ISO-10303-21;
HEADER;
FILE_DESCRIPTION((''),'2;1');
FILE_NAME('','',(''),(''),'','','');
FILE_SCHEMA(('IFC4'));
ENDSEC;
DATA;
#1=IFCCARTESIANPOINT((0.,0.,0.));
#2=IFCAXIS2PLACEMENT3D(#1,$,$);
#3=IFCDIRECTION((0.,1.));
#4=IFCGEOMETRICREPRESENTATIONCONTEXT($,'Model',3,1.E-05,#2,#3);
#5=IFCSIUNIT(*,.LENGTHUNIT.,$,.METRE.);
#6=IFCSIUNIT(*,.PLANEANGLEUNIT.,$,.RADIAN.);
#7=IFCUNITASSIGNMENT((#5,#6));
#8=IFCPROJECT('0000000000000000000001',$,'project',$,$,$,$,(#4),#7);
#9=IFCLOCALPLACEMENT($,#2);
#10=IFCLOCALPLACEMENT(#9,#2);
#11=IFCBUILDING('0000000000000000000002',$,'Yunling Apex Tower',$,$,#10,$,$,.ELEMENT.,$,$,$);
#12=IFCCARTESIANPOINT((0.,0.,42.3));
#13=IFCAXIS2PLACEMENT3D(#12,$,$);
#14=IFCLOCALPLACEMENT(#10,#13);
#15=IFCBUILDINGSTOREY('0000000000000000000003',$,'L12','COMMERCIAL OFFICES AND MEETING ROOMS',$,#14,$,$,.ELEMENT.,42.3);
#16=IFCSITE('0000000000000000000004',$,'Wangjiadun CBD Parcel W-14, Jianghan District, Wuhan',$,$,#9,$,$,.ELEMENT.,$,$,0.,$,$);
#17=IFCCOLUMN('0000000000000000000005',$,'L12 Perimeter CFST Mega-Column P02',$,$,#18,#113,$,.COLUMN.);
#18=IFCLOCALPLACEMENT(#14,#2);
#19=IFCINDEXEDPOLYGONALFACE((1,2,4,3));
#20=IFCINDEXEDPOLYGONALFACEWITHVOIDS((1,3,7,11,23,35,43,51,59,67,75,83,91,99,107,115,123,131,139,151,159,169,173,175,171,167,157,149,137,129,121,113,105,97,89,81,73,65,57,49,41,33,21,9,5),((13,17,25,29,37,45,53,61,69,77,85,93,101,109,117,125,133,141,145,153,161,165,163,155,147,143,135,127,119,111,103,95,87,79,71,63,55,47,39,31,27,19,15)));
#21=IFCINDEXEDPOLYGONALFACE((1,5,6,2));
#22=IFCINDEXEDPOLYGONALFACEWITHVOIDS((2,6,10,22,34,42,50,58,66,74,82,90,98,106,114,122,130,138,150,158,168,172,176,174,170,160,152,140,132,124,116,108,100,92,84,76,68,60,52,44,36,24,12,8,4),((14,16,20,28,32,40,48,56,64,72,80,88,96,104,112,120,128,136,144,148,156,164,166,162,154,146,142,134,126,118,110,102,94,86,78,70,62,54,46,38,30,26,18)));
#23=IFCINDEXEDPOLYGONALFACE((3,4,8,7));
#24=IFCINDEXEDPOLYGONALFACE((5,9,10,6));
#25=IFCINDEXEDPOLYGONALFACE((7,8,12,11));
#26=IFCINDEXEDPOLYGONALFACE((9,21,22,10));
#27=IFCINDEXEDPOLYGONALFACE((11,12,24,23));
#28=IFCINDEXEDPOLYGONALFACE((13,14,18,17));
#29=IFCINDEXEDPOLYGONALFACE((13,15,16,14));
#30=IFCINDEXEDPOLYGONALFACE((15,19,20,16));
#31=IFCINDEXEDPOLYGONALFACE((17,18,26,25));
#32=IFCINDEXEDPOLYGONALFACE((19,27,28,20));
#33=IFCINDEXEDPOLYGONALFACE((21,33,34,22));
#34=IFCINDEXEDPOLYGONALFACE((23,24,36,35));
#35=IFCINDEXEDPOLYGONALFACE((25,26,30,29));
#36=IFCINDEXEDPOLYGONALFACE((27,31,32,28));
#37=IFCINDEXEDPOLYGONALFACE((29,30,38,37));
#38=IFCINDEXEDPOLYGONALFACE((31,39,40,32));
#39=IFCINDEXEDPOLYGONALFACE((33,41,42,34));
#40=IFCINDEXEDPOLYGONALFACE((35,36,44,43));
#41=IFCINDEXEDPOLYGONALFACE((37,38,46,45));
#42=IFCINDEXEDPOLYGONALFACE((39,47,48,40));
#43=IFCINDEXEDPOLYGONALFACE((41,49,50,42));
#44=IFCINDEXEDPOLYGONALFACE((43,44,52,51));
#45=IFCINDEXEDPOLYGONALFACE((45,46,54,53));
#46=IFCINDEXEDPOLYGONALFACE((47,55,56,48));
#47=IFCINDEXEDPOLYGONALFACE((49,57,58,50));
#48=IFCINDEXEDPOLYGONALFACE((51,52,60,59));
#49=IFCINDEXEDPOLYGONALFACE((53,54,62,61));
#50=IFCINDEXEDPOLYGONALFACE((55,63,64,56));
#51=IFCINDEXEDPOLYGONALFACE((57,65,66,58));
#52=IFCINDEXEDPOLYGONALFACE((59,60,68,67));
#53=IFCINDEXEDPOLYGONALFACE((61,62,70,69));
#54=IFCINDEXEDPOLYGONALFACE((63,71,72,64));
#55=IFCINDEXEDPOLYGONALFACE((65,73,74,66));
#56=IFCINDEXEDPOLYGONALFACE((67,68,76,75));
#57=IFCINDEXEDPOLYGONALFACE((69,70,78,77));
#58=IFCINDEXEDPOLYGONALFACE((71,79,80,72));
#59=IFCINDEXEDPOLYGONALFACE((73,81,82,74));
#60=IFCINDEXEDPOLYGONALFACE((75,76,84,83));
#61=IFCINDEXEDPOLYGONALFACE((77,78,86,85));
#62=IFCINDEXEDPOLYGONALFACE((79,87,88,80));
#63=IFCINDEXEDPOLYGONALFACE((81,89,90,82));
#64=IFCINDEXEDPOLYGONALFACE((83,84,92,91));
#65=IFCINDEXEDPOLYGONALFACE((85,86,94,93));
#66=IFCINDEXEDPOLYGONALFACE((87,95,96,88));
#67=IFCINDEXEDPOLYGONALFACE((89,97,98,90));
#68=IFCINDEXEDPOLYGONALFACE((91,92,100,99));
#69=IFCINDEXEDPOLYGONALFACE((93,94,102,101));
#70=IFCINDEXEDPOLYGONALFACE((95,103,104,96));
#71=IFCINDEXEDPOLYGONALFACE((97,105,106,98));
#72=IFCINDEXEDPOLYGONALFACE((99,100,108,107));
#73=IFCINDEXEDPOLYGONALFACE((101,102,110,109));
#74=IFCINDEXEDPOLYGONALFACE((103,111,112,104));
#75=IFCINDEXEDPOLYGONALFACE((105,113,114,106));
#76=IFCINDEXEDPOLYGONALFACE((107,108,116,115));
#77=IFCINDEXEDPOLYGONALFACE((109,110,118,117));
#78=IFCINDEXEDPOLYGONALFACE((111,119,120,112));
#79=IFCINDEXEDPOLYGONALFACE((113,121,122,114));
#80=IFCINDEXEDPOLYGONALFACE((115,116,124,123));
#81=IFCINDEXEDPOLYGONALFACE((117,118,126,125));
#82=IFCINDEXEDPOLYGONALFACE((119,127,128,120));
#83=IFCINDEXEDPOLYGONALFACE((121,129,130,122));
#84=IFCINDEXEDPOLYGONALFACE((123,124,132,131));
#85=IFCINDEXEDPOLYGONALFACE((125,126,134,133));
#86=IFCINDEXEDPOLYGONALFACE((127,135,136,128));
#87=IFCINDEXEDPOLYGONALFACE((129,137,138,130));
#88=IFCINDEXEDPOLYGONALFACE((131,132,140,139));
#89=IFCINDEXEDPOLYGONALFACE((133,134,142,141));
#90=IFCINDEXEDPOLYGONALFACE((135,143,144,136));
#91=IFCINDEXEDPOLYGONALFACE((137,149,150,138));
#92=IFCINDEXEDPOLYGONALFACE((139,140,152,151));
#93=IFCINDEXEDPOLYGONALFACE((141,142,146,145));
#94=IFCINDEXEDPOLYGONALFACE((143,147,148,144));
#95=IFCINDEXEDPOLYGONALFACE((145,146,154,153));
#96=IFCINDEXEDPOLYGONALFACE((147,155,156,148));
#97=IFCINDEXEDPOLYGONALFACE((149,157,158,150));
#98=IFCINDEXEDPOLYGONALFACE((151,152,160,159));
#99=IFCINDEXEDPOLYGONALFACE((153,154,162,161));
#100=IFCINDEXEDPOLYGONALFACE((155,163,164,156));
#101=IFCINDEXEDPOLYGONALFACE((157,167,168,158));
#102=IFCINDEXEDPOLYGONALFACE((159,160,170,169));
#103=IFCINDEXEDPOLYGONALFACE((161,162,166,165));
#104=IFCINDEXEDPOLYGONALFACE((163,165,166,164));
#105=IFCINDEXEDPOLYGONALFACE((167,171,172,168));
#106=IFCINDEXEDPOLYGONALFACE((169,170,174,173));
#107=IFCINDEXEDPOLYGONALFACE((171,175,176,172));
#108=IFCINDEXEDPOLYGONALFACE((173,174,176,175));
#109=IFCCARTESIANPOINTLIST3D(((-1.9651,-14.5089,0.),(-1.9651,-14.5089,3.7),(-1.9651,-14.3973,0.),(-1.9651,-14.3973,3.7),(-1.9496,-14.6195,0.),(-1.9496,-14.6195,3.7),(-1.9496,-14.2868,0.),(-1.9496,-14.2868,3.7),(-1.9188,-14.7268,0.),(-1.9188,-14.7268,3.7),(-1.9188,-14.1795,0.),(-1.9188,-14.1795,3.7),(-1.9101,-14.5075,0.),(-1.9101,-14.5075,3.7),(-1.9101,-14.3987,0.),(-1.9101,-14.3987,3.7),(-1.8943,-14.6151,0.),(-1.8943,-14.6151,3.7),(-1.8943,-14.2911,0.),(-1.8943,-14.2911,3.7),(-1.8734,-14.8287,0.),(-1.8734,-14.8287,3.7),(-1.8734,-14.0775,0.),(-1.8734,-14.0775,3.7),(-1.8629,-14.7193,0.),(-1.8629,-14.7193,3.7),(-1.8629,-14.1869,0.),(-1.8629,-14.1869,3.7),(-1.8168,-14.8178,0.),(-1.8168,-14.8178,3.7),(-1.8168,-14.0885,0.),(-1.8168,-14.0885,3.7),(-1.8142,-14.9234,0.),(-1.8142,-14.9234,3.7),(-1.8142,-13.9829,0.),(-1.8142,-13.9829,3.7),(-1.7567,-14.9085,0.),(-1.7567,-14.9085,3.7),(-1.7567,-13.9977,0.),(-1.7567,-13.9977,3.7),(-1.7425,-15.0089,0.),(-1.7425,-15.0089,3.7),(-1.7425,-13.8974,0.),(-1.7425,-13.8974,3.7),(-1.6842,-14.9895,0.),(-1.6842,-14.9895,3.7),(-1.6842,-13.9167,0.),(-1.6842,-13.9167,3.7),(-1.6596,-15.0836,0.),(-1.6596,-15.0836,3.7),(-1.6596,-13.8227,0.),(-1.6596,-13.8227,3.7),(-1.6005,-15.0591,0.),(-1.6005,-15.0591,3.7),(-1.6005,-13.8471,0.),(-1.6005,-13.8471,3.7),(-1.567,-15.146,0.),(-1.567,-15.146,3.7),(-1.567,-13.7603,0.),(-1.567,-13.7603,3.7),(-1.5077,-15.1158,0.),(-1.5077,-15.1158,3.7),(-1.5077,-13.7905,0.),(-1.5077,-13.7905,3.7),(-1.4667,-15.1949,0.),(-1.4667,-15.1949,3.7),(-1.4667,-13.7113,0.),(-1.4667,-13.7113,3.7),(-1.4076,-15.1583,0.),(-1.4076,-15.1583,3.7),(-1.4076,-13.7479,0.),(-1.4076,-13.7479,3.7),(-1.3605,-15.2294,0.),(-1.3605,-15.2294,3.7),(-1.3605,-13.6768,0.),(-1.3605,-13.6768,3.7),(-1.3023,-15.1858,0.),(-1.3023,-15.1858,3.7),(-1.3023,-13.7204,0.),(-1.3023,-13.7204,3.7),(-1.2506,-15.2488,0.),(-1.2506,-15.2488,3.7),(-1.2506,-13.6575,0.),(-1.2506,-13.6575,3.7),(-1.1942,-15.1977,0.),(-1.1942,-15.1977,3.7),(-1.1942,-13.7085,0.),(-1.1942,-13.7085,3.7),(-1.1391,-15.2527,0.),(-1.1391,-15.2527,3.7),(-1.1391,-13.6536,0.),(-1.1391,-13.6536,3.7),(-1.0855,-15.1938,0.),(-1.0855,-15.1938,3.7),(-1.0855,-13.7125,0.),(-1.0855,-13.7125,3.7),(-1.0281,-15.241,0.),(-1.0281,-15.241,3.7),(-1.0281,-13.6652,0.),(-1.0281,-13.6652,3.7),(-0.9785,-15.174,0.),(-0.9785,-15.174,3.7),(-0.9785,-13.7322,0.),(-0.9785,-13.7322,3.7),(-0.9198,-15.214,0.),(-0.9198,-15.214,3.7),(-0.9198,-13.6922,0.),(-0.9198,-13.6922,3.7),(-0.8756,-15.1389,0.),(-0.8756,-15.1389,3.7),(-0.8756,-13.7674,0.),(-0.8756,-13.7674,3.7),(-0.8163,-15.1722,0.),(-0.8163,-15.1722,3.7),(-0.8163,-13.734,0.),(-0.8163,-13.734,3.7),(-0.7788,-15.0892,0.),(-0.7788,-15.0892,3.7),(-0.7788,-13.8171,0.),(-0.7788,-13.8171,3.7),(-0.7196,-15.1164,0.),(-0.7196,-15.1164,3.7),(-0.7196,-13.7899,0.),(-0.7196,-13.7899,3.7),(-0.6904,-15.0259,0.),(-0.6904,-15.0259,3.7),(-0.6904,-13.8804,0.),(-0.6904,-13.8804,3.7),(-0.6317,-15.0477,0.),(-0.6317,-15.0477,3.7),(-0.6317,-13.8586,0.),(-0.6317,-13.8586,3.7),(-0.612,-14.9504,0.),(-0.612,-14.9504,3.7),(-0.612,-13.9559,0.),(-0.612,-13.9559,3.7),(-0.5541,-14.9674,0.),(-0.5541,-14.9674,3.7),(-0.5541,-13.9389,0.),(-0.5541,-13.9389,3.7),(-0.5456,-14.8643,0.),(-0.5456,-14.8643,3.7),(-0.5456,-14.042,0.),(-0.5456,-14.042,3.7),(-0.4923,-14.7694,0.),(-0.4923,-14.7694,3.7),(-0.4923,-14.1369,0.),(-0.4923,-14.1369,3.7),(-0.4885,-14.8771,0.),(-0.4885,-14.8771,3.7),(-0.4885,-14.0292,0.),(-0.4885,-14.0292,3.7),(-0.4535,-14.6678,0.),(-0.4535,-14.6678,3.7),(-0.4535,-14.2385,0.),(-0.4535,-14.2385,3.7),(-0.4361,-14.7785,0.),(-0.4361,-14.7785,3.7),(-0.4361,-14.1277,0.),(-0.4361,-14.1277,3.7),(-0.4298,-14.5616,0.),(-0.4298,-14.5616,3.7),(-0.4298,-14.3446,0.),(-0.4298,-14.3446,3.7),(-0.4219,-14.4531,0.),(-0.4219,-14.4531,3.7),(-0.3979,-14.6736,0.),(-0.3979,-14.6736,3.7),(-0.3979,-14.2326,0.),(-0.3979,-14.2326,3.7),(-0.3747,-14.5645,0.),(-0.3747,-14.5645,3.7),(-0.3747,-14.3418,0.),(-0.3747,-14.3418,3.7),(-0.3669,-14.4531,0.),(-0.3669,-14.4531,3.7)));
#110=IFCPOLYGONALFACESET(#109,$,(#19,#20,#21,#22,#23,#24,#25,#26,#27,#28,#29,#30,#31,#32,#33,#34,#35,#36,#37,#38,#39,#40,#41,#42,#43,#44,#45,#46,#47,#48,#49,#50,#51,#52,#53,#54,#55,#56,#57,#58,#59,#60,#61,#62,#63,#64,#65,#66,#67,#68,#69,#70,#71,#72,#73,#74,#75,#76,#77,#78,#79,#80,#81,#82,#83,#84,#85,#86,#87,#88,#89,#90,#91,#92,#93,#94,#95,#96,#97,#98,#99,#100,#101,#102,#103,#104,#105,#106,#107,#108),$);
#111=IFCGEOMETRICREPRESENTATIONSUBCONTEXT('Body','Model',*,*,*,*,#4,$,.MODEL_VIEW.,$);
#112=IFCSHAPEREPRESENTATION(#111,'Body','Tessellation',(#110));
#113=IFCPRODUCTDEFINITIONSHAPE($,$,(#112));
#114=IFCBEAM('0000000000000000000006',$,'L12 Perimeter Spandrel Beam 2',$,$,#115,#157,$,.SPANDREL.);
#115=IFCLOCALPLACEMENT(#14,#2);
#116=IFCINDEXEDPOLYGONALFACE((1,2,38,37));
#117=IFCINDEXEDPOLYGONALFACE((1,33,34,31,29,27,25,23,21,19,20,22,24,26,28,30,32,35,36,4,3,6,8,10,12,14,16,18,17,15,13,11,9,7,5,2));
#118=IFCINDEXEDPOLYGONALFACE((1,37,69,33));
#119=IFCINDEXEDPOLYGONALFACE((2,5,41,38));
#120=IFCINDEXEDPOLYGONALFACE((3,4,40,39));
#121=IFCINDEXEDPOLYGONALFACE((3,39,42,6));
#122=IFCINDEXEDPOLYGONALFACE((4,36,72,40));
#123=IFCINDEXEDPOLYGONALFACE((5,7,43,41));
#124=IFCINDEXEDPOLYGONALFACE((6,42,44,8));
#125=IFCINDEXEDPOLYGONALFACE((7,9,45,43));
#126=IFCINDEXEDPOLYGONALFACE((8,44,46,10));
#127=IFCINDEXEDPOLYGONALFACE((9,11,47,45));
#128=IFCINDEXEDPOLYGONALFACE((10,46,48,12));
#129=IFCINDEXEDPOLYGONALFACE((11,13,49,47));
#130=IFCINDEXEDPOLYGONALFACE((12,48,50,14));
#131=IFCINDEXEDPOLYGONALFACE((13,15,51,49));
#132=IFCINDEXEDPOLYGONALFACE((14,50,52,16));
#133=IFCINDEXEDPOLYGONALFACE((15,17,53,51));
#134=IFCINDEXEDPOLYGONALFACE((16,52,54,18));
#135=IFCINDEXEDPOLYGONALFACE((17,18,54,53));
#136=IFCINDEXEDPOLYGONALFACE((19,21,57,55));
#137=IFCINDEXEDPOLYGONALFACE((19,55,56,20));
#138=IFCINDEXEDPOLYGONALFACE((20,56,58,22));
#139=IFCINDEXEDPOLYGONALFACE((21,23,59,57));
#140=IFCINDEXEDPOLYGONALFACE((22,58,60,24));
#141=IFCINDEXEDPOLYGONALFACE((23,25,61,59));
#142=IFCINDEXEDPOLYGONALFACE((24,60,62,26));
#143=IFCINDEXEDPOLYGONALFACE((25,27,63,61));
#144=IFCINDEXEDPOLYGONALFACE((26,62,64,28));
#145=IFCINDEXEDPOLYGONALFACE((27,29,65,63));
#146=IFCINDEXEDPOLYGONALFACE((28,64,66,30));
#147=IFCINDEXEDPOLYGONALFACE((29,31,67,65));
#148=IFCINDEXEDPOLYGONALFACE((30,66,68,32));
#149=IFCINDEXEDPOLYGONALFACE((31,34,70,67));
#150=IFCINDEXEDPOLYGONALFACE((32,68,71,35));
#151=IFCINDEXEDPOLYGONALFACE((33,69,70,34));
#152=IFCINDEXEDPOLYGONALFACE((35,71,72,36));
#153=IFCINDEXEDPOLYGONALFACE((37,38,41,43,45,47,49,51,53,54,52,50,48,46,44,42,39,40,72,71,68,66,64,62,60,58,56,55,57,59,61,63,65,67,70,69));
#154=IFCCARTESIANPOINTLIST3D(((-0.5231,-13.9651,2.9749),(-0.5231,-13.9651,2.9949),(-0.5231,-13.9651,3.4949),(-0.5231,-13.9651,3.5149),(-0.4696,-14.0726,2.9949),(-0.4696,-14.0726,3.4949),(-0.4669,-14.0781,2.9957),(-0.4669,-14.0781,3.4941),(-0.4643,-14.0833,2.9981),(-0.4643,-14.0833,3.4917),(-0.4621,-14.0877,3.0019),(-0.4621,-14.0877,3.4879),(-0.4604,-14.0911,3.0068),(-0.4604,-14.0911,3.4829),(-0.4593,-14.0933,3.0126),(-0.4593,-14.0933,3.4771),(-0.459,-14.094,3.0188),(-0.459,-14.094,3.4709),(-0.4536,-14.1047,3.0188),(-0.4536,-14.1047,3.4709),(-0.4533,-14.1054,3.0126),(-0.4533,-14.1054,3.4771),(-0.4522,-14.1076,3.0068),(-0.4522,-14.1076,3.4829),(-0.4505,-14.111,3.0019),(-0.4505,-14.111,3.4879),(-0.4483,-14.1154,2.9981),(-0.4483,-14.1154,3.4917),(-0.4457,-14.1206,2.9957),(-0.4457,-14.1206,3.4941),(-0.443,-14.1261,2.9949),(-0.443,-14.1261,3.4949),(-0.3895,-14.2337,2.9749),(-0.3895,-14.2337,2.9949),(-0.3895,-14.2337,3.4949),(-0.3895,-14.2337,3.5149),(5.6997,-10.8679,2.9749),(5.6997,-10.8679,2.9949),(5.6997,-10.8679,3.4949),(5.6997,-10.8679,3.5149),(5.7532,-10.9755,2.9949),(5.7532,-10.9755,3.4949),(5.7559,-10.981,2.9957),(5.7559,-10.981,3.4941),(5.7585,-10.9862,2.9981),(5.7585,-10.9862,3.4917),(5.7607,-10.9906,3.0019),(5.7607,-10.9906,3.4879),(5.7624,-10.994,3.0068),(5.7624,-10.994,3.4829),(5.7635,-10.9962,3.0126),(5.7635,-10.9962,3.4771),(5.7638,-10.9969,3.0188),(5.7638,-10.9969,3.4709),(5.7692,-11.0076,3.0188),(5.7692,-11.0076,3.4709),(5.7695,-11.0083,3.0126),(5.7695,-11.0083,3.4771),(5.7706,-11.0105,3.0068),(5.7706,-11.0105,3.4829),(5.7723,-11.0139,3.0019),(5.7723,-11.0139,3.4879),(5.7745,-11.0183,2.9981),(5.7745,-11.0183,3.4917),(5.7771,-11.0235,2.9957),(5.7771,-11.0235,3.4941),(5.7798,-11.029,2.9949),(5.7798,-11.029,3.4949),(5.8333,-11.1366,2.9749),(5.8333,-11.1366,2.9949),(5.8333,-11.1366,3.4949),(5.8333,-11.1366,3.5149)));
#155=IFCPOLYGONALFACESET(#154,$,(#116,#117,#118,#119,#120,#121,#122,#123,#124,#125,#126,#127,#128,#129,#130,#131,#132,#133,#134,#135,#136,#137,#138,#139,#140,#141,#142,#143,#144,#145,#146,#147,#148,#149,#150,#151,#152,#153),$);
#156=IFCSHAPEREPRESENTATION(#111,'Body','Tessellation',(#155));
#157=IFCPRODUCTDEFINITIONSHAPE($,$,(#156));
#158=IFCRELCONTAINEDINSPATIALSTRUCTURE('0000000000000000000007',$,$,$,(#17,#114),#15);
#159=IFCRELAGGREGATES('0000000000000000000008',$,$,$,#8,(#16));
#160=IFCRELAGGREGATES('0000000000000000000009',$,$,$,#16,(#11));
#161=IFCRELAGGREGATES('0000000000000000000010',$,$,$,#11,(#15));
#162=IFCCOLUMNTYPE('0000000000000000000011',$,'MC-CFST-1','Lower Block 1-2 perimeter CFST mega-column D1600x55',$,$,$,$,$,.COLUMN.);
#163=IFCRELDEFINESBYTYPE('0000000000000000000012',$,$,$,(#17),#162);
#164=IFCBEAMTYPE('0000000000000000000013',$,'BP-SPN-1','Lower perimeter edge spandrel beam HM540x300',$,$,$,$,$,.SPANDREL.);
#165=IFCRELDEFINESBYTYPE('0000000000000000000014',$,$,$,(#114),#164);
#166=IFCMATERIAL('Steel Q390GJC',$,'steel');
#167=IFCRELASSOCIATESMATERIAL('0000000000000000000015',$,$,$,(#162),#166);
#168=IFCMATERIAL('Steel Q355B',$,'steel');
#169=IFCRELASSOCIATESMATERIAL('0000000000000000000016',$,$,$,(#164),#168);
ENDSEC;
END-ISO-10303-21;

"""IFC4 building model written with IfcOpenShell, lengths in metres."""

from ifc_helpers import new_model, si_unit, direction, frame, origin, origin_2d, place, context, subcontext, project, spatial, hollow_circle, i_section, extrude, source, transform, mapped, material, material_profile, profile_set, type_object, element, save


model = new_model("IFC4")

# Units and contexts
model_context = context("Model", 3, precision=1e-05, world=origin(), true_north=direction((0.0, 1.0)))
body_context = subcontext(model_context, "Body", "Model", "MODEL_VIEW")
ifc_project = project(units=[si_unit("LENGTHUNIT", "METRE"), si_unit("PLANEANGLEUNIT", "RADIAN")], contexts=[model_context])

# Site, building, storey
site_placement = place(None, origin())
site = spatial("IfcSite", under=ifc_project, at=site_placement, Name="Wangjiadun CBD Parcel W-14, Jianghan District, Wuhan", CompositionType="ELEMENT", RefElevation=0.0)
building_placement = place(site_placement, origin())
building = spatial("IfcBuilding", under=site, at=building_placement, Name="Yunling Apex Tower", CompositionType="ELEMENT")
storey_placement = place(building_placement, frame((0.0, 0.0, 42.3)))
storey = spatial("IfcBuildingStorey", under=building, at=storey_placement, Name="L12", Description="COMMERCIAL OFFICES AND MEETING ROOMS", CompositionType="ELEMENT", Elevation=42.3)

# Column
ifc_material_1 = material(Name="Steel Q390GJC", Category="steel")
ifc_material_profile_1 = material_profile(ifc_material_1, hollow_circle(Radius=0.8, WallThickness=0.0549, at=origin_2d()))
ifc_profile_set_1 = profile_set([ifc_material_profile_1], Name="Steel Q390GJC")
column_type = type_object("IfcColumnType", Name="MC-CFST-1", Description="Lower Block 1-2 perimeter CFST mega-column D1600x55", PredefinedType="COLUMN", material=ifc_profile_set_1)
shared_shape_1 = source(origin(), body_context, "Body", "SweptSolid", [
    extrude(hollow_circle(Radius=0.8, WallThickness=0.0549, at=origin_2d()), origin(), (0.0, 0.0, 1.0), 3.7),
])
column_placement = place(storey_placement, frame((-1.167, -14.4531, 0.0), z_axis=(0.0, 0.0, 1.0), x_axis=(1.0, 0.0, 0.0)))
element("IfcColumn", 1, at=column_placement, inside=storey, type_object=column_type, Name="L12 Perimeter CFST Mega-Column P02", PredefinedType="COLUMN", context=body_context, shape_type="MappedRepresentation", body=[
    mapped(shared_shape_1, transform((0.0, 0.0, 0.0), scale=1.0)),
])

# Beam
ifc_material_2 = material(Name="Steel Q355B", Category="steel")
ifc_material_profile_2 = material_profile(ifc_material_2, i_section(OverallWidth=0.3, OverallDepth=0.54, WebThickness=0.012, FlangeThickness=0.02, FilletRadius=0.0239, at=origin_2d()))
ifc_profile_set_2 = profile_set([ifc_material_profile_2], Name="Steel Q355B")
beam_type_1 = type_object("IfcBeamType", Name="BP-SPN-1", Description="Lower perimeter edge spandrel beam HM540x300", PredefinedType="SPANDREL", material=ifc_profile_set_2)
shared_shape_2 = source(origin(), body_context, "Body", "SweptSolid", [
    extrude(i_section(OverallWidth=0.3, OverallDepth=0.54, WebThickness=0.012, FlangeThickness=0.02, FilletRadius=0.0239, at=origin_2d()), origin(), (0.0, 0.0, 1.0), 6.9509),
])
beam_1_placement = place(storey_placement, frame((-0.4563, -14.0994, 3.2449), z_axis=(0.895248, 0.445569, 0.0), x_axis=(-0.445569, 0.895248, 0.0)))
element("IfcBeam", 2, at=beam_1_placement, inside=storey, type_object=beam_type_1, Name="L12 Perimeter Spandrel Beam 2", PredefinedType="SPANDREL", context=body_context, shape_type="MappedRepresentation", body=[
    mapped(shared_shape_2, transform((0.0, 0.0, 0.0), scale=1.0)),
])

save(model, "model.ifc")
